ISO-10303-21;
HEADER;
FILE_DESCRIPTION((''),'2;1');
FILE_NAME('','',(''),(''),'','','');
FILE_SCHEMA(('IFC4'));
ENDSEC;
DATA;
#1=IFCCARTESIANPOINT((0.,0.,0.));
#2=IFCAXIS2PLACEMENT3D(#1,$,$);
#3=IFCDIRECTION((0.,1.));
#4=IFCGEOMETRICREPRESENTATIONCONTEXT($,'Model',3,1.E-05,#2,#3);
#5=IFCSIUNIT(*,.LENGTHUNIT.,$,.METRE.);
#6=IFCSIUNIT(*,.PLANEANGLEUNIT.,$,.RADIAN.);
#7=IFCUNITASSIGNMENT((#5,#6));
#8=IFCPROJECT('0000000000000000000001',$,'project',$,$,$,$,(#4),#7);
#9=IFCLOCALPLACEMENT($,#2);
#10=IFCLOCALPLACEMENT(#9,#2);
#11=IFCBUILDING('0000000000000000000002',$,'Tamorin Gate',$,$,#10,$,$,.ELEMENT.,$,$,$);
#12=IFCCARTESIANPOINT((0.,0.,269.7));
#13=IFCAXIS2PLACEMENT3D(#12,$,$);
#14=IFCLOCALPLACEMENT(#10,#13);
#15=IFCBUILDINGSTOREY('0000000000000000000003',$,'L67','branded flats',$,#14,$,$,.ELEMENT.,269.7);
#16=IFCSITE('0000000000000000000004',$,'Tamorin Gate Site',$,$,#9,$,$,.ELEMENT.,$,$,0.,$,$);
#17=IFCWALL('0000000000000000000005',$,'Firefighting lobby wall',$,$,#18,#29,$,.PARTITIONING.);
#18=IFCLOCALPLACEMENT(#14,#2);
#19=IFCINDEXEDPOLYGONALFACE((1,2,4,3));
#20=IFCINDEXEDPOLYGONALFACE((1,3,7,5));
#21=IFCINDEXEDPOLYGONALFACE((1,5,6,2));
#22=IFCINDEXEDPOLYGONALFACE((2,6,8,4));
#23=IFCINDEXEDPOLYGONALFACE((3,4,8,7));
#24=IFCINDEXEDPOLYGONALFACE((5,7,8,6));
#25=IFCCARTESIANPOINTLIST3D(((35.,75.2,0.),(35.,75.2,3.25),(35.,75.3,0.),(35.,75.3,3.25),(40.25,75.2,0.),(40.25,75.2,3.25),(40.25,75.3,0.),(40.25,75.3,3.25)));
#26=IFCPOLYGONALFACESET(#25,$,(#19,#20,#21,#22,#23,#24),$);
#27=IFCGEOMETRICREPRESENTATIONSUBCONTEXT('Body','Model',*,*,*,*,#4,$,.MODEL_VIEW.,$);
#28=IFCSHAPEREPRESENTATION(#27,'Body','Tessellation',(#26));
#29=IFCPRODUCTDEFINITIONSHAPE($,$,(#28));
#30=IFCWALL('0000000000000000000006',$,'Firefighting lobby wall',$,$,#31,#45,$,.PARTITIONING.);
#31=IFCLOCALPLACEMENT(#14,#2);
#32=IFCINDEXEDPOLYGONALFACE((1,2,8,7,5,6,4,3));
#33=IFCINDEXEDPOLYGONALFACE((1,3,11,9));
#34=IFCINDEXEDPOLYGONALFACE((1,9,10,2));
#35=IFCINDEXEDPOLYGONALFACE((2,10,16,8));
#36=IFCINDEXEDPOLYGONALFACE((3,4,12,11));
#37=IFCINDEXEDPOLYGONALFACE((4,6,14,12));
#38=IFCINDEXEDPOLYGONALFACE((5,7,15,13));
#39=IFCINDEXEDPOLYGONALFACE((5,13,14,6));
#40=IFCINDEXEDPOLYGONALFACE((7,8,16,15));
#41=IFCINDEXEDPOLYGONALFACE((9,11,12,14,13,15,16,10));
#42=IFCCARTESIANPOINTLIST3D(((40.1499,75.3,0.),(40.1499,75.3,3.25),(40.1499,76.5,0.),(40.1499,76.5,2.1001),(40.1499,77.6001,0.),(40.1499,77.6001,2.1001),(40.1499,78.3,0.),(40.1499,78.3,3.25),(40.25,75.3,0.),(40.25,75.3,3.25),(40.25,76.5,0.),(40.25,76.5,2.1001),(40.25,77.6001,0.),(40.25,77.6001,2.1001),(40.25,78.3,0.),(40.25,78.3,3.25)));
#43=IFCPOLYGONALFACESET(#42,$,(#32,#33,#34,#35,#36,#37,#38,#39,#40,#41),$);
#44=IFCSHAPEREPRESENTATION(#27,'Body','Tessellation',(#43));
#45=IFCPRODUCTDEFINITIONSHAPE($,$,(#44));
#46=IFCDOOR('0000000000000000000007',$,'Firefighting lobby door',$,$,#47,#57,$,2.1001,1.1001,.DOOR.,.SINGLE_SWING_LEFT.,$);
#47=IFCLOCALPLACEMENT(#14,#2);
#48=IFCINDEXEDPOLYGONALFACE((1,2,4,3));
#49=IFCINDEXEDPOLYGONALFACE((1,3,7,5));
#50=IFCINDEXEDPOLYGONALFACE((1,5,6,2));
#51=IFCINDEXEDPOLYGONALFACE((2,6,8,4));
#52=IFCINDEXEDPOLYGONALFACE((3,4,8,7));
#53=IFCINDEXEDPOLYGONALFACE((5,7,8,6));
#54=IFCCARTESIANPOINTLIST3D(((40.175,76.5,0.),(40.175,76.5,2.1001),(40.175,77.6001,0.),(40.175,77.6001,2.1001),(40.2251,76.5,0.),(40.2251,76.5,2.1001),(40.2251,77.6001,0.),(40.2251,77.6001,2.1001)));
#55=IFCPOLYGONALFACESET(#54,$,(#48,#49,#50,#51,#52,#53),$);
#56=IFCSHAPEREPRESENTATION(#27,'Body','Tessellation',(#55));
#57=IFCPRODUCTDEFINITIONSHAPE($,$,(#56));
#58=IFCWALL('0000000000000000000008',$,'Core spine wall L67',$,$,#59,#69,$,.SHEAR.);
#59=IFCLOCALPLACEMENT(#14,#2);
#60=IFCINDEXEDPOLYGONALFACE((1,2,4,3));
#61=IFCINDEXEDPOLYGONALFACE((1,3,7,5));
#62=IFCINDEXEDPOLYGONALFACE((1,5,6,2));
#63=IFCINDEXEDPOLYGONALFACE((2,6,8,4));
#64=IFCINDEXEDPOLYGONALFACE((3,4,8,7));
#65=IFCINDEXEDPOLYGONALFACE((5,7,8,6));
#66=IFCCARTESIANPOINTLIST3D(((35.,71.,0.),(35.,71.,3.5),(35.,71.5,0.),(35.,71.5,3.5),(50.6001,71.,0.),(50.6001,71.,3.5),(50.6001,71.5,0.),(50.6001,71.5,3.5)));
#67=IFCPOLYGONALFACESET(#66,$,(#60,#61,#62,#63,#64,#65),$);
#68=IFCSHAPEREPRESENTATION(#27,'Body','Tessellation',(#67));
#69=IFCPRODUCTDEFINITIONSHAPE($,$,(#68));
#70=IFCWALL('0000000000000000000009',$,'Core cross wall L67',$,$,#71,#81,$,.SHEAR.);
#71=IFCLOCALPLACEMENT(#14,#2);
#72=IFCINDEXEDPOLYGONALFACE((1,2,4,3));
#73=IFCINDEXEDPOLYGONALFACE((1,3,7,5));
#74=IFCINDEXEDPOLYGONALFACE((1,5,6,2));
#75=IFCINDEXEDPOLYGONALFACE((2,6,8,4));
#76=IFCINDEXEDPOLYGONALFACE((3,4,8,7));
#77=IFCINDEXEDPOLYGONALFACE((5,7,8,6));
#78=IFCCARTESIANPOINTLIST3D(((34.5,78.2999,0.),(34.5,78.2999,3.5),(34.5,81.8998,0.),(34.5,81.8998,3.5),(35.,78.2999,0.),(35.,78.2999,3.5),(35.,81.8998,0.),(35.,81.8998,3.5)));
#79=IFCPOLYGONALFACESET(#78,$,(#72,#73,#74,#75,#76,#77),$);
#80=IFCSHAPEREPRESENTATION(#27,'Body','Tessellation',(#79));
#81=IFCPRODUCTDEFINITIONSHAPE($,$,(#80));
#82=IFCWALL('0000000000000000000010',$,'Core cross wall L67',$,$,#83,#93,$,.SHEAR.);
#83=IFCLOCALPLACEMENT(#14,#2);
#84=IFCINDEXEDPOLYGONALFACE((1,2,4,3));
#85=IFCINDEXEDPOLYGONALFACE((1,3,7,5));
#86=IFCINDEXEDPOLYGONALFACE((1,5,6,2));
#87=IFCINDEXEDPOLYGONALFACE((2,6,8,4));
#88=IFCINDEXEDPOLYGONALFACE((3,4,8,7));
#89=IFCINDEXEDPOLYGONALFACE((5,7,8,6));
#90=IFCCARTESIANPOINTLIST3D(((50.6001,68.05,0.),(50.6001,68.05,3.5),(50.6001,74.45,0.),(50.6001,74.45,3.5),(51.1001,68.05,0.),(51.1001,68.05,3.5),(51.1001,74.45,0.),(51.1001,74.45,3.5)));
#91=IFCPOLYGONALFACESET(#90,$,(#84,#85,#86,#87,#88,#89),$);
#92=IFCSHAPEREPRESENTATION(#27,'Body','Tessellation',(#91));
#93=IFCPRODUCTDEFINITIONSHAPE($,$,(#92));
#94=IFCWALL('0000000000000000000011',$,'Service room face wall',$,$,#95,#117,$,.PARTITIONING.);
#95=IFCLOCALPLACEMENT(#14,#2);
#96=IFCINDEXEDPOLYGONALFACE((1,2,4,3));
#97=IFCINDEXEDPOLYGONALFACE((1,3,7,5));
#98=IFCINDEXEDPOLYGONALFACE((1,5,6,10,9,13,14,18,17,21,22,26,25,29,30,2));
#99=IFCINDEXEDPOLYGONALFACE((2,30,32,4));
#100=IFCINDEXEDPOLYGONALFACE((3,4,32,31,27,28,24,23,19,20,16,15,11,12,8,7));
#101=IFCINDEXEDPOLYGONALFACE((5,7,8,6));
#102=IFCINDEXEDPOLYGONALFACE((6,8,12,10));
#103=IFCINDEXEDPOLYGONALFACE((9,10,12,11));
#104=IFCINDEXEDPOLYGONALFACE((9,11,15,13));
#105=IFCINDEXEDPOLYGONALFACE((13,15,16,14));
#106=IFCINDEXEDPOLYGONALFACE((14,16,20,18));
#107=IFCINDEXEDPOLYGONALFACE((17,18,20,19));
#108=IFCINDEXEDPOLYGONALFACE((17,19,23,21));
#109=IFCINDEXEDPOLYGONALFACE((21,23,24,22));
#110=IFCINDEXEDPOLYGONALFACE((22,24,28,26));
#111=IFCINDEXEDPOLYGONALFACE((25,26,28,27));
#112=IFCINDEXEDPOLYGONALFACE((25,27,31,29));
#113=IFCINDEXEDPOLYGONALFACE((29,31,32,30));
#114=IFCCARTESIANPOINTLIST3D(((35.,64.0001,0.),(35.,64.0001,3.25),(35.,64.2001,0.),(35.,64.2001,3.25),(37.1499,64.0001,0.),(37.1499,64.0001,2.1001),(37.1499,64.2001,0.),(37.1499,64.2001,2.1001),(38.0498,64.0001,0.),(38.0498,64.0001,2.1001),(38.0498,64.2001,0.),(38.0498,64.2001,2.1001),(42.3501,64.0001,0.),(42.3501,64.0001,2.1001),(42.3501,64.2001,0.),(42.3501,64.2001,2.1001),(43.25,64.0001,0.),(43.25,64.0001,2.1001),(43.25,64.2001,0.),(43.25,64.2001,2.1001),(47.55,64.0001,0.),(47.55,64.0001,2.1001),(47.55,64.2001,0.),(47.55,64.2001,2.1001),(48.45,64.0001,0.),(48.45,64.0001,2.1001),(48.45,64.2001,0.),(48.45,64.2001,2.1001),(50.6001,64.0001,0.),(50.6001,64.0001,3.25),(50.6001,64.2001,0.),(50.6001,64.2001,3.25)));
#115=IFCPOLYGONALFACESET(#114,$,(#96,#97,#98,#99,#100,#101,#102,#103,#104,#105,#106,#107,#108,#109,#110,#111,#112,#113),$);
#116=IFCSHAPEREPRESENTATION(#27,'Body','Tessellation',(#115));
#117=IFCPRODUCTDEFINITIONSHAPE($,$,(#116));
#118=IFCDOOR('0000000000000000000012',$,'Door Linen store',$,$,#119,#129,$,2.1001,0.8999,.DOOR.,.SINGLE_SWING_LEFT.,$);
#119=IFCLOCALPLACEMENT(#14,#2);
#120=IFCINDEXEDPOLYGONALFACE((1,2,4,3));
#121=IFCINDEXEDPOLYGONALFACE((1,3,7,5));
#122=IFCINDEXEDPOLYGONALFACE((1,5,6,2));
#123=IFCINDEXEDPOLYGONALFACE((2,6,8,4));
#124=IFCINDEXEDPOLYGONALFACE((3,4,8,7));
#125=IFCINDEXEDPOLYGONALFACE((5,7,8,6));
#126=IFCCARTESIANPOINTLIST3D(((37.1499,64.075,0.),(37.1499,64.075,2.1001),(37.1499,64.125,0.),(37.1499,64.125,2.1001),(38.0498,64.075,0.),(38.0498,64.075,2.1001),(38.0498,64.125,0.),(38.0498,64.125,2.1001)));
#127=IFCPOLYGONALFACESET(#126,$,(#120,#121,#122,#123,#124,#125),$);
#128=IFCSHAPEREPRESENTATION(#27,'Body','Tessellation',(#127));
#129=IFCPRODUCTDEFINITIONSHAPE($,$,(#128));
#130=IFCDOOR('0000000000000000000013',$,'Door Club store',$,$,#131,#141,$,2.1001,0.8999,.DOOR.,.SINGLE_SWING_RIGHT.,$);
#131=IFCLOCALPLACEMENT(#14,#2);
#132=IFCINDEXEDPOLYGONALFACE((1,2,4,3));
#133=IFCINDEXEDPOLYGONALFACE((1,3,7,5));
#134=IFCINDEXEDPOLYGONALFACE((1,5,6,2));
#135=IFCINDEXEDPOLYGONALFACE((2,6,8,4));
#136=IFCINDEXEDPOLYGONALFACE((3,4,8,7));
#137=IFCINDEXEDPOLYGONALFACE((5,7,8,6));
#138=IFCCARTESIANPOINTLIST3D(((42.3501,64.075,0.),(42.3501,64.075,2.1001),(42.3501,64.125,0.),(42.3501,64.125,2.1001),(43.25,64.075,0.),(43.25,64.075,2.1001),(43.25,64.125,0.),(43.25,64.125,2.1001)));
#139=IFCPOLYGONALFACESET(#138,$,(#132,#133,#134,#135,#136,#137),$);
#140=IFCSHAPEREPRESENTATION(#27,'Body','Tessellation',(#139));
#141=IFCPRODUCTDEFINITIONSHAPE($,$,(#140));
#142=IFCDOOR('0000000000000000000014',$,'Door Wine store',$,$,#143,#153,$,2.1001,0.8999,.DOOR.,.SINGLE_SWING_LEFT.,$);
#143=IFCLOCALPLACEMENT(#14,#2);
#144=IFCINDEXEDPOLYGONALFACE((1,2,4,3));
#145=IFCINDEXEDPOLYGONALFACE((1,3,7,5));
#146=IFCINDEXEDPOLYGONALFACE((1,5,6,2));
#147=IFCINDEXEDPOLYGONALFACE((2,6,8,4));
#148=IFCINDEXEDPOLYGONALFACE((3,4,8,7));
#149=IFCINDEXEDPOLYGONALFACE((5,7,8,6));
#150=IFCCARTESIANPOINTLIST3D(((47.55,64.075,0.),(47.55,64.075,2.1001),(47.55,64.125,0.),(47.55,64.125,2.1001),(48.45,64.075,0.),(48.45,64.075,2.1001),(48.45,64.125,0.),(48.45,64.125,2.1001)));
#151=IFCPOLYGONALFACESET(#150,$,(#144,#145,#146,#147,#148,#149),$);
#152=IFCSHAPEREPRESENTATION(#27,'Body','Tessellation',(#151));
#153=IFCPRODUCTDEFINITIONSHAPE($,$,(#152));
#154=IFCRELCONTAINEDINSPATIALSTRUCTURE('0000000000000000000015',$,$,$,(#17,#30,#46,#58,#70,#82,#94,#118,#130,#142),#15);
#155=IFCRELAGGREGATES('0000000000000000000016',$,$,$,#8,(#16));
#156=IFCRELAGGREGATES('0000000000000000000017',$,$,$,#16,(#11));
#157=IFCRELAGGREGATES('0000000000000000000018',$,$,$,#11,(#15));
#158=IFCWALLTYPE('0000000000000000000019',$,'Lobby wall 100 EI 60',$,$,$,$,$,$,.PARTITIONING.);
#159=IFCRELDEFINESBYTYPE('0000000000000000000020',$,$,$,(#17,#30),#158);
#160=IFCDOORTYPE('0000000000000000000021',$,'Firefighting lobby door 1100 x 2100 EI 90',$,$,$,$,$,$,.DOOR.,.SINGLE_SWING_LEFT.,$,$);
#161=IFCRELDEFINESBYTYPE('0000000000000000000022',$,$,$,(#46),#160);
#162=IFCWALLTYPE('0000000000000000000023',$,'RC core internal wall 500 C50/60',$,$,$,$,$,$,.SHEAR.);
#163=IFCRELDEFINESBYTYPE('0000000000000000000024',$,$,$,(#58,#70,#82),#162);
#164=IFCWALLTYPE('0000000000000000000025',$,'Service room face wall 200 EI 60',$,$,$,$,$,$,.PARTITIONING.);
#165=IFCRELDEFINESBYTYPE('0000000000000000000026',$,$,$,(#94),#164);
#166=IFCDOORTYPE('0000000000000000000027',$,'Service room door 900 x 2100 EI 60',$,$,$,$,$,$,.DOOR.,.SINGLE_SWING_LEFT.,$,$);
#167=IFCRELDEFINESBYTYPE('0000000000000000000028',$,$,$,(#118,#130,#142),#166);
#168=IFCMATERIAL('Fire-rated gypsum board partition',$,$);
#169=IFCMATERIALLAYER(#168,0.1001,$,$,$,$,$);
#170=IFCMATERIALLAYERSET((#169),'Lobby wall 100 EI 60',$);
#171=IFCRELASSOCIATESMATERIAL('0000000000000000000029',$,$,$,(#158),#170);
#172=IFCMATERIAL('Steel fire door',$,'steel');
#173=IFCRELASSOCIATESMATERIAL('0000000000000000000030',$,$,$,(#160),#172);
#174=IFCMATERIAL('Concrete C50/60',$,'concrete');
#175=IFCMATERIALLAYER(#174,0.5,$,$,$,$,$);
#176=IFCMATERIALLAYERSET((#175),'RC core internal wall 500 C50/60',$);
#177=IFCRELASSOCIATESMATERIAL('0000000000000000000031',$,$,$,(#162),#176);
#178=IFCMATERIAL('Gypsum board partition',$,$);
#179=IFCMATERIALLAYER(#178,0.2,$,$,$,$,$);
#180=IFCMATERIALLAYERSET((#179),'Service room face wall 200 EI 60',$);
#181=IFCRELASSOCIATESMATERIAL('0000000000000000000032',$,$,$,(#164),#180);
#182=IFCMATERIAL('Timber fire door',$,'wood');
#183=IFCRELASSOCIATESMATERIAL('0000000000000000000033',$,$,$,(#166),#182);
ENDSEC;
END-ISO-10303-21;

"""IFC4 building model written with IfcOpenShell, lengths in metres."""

from ifc_helpers import new_model, si_unit, direction, frame, frame_2d, origin, place, context, subcontext, project, spatial, rectangle, extrude, material, layer, layer_set, type_object, element, fill, save


model = new_model("IFC4")

# Units and contexts
model_context = context("Model", 3, precision=1e-05, world=origin(), true_north=direction((0.0, 1.0)))
body_context = subcontext(model_context, "Body", "Model", "MODEL_VIEW")
ifc_project = project(units=[si_unit("LENGTHUNIT", "METRE"), si_unit("PLANEANGLEUNIT", "RADIAN")], contexts=[model_context])

# Site, building, storey
site_placement = place(None, origin())
site = spatial("IfcSite", under=ifc_project, at=site_placement, Name="Tamorin Gate Site", CompositionType="ELEMENT", RefElevation=0.0)
building_placement = place(site_placement, origin())
building = spatial("IfcBuilding", under=site, at=building_placement, Name="Tamorin Gate", CompositionType="ELEMENT")
storey_placement = place(building_placement, frame((0.0, 0.0, 269.7)))
storey = spatial("IfcBuildingStorey", under=building, at=storey_placement, Name="L67", Description="branded flats", CompositionType="ELEMENT", Elevation=269.7)

# Shared definitions
ifc_material_1 = material(Name="Concrete C50/60", Category="concrete")

# Wall
ifc_material_2 = material(Name="Fire-rated gypsum board partition")
ifc_layer_1 = layer(ifc_material_2, 0.1001)
ifc_layer_set_1 = layer_set([ifc_layer_1], Name="Lobby wall 100 EI 60")
wall_type_1 = type_object("IfcWallType", Name="Lobby wall 100 EI 60", PredefinedType="PARTITIONING", material=ifc_layer_set_1)
wall_1_placement = place(storey_placement, frame((35.0, 75.25, 0.0), z_axis=(0.0, 0.0, 1.0), x_axis=(1.0, 0.0, 0.0)))
element("IfcWall", 1, at=wall_1_placement, inside=storey, type_object=wall_type_1, Name="Firefighting lobby wall", PredefinedType="PARTITIONING", context=body_context, shape_type="SweptSolid", body=[
    extrude(rectangle(XDim=5.25, YDim=0.1001, at=frame_2d((2.625, 0.0))), origin(), (0.0, 0.0, 1.0), 3.25),
])

# Wall, opening, door
wall_2_placement = place(storey_placement, frame((40.2, 75.3, 0.0), z_axis=(0.0, 0.0, 1.0), x_axis=(0.0, 1.0, 0.0)))
wall_2 = element("IfcWall", 2, at=wall_2_placement, inside=storey, type_object=wall_type_1, Name="Firefighting lobby wall", PredefinedType="PARTITIONING", context=body_context, shape_type="SweptSolid", body=[
    extrude(rectangle(XDim=3.0, YDim=0.1001, at=frame_2d((1.5, 0.0))), origin(), (0.0, 0.0, 1.0), 3.25),
])
opening_1_placement = place(wall_2_placement, frame((1.2, 0.0, 0.0)))
opening_1 = element("IfcOpeningElement", 3, at=opening_1_placement, cuts=wall_2, PredefinedType="OPENING", context=body_context, shape_type="SweptSolid", body=[
    extrude(rectangle(XDim=1.1001, YDim=2.1001, at=frame_2d((0.55, 1.05))), frame((0.0, 0.0601, 0.0), z_axis=(0.0, -1.0, 0.0), x_axis=(1.0, 0.0, 0.0)), (0.0, 0.0, 1.0), 0.1201),
])
ifc_material_3 = material(Name="Steel fire door", Category="steel")
door_type_1 = type_object("IfcDoorType", Name="Firefighting lobby door 1100 x 2100 EI 90", OperationType="SINGLE_SWING_LEFT", PredefinedType="DOOR", material=ifc_material_3)
door_1_placement = place(opening_1_placement, origin())
door_1 = element("IfcDoor", 4, at=door_1_placement, inside=storey, type_object=door_type_1, Name="Firefighting lobby door", OperationType="SINGLE_SWING_LEFT", OverallHeight=2.1001, OverallWidth=1.1001, PredefinedType="DOOR", context=body_context, shape_type="SweptSolid", body=[
    extrude(rectangle(XDim=1.1001, YDim=2.1001, at=frame_2d((0.55, 1.05))), frame((0.0, 0.0249, 0.0), z_axis=(0.0, -1.0, 0.0), x_axis=(1.0, 0.0, 0.0)), (0.0, 0.0, 1.0), 0.05),
])
fill(opening_1, door_1)

# Walls
ifc_layer_2 = layer(ifc_material_1, 0.5)
ifc_layer_set_2 = layer_set([ifc_layer_2], Name="RC core internal wall 500 C50/60")
wall_type_2 = type_object("IfcWallType", Name="RC core internal wall 500 C50/60", PredefinedType="SHEAR", material=ifc_layer_set_2)
wall_3_placement = place(storey_placement, frame((35.0, 71.25, 0.0), z_axis=(0.0, 0.0, 1.0), x_axis=(1.0, 0.0, 0.0)))
element("IfcWall", 5, at=wall_3_placement, inside=storey, type_object=wall_type_2, Name="Core spine wall L67", PredefinedType="SHEAR", context=body_context, shape_type="SweptSolid", body=[
    extrude(rectangle(XDim=15.6001, YDim=0.5, at=frame_2d((7.8, 0.0))), origin(), (0.0, 0.0, 1.0), 3.5),
])
wall_4_placement = place(storey_placement, frame((34.75, 78.3, 0.0), z_axis=(0.0, 0.0, 1.0), x_axis=(0.0, 1.0, 0.0)))
element("IfcWall", 6, at=wall_4_placement, inside=storey, type_object=wall_type_2, Name="Core cross wall L67", PredefinedType="SHEAR", context=body_context, shape_type="SweptSolid", body=[
    extrude(rectangle(XDim=3.5999, YDim=0.5, at=frame_2d((1.7998, 0.0))), origin(), (0.0, 0.0, 1.0), 3.5),
])
wall_5_placement = place(storey_placement, frame((50.8501, 68.05, 0.0), z_axis=(0.0, 0.0, 1.0), x_axis=(0.0, 1.0, 0.0)))
element("IfcWall", 7, at=wall_5_placement, inside=storey, type_object=wall_type_2, Name="Core cross wall L67", PredefinedType="SHEAR", context=body_context, shape_type="SweptSolid", body=[
    extrude(rectangle(XDim=6.3999, YDim=0.5, at=frame_2d((3.2, 0.0))), origin(), (0.0, 0.0, 1.0), 3.5),
])

# Wall, openings, doors
ifc_material_4 = material(Name="Gypsum board partition")
ifc_layer_3 = layer(ifc_material_4, 0.2)
ifc_layer_set_3 = layer_set([ifc_layer_3], Name="Service room face wall 200 EI 60")
wall_type_3 = type_object("IfcWallType", Name="Service room face wall 200 EI 60", PredefinedType="PARTITIONING", material=ifc_layer_set_3)
wall_6_placement = place(storey_placement, frame((35.0, 64.1001, 0.0), z_axis=(0.0, 0.0, 1.0), x_axis=(1.0, 0.0, 0.0)))
wall_6 = element("IfcWall", 8, at=wall_6_placement, inside=storey, type_object=wall_type_3, Name="Service room face wall", PredefinedType="PARTITIONING", context=body_context, shape_type="SweptSolid", body=[
    extrude(rectangle(XDim=15.6001, YDim=0.2, at=frame_2d((7.8, 0.0))), origin(), (0.0, 0.0, 1.0), 3.25),
])
opening_2_placement = place(wall_6_placement, frame((2.1499, 0.0, 0.0)))
opening_2 = element("IfcOpeningElement", 9, at=opening_2_placement, cuts=wall_6, PredefinedType="OPENING", context=body_context, shape_type="SweptSolid", body=[
    extrude(rectangle(XDim=0.8999, YDim=2.1001, at=frame_2d((0.45, 1.05))), frame((0.0, 0.1099, 0.0), z_axis=(0.0, -1.0, 0.0), x_axis=(1.0, 0.0, 0.0)), (0.0, 0.0, 1.0), 0.22),
])
opening_3_placement = place(wall_6_placement, frame((7.3501, 0.0, 0.0)))
opening_3 = element("IfcOpeningElement", 10, at=opening_3_placement, cuts=wall_6, PredefinedType="OPENING", context=body_context, shape_type="SweptSolid", body=[
    extrude(rectangle(XDim=0.8999, YDim=2.1001, at=frame_2d((0.45, 1.05))), frame((0.0, 0.1099, 0.0), z_axis=(0.0, -1.0, 0.0), x_axis=(1.0, 0.0, 0.0)), (0.0, 0.0, 1.0), 0.22),
])
opening_4_placement = place(wall_6_placement, frame((12.55, 0.0, 0.0)))
opening_4 = element("IfcOpeningElement", 11, at=opening_4_placement, cuts=wall_6, PredefinedType="OPENING", context=body_context, shape_type="SweptSolid", body=[
    extrude(rectangle(XDim=0.8999, YDim=2.1001, at=frame_2d((0.45, 1.05))), frame((0.0, 0.1099, 0.0), z_axis=(0.0, -1.0, 0.0), x_axis=(1.0, 0.0, 0.0)), (0.0, 0.0, 1.0), 0.22),
])
ifc_material_5 = material(Name="Timber fire door", Category="wood")
door_type_2 = type_object("IfcDoorType", Name="Service room door 900 x 2100 EI 60", OperationType="SINGLE_SWING_LEFT", PredefinedType="DOOR", material=ifc_material_5)
door_2_placement = place(opening_2_placement, origin())
door_2 = element("IfcDoor", 12, at=door_2_placement, inside=storey, type_object=door_type_2, Name="Door Linen store", OperationType="SINGLE_SWING_LEFT", OverallHeight=2.1001, OverallWidth=0.8999, PredefinedType="DOOR", context=body_context, shape_type="SweptSolid", body=[
    extrude(rectangle(XDim=0.8999, YDim=2.1001, at=frame_2d((0.45, 1.05))), frame((0.0, 0.0249, 0.0), z_axis=(0.0, -1.0, 0.0), x_axis=(1.0, 0.0, 0.0)), (0.0, 0.0, 1.0), 0.05),
])
fill(opening_2, door_2)
door_3_placement = place(opening_3_placement, origin())
door_3 = element("IfcDoor", 13, at=door_3_placement, inside=storey, type_object=door_type_2, Name="Door Club store", OperationType="SINGLE_SWING_RIGHT", OverallHeight=2.1001, OverallWidth=0.8999, PredefinedType="DOOR", context=body_context, shape_type="SweptSolid", body=[
    extrude(rectangle(XDim=0.8999, YDim=2.1001, at=frame_2d((0.45, 1.05))), frame((0.0, 0.0249, 0.0), z_axis=(0.0, -1.0, 0.0), x_axis=(1.0, 0.0, 0.0)), (0.0, 0.0, 1.0), 0.05),
])
fill(opening_3, door_3)
door_4_placement = place(opening_4_placement, origin())
door_4 = element("IfcDoor", 14, at=door_4_placement, inside=storey, type_object=door_type_2, Name="Door Wine store", OperationType="SINGLE_SWING_LEFT", OverallHeight=2.1001, OverallWidth=0.8999, PredefinedType="DOOR", context=body_context, shape_type="SweptSolid", body=[
    extrude(rectangle(XDim=0.8999, YDim=2.1001, at=frame_2d((0.45, 1.05))), frame((0.0, 0.0249, 0.0), z_axis=(0.0, -1.0, 0.0), x_axis=(1.0, 0.0, 0.0)), (0.0, 0.0, 1.0), 0.05),
])
fill(opening_4, door_4)

save(model, "model.ifc")
